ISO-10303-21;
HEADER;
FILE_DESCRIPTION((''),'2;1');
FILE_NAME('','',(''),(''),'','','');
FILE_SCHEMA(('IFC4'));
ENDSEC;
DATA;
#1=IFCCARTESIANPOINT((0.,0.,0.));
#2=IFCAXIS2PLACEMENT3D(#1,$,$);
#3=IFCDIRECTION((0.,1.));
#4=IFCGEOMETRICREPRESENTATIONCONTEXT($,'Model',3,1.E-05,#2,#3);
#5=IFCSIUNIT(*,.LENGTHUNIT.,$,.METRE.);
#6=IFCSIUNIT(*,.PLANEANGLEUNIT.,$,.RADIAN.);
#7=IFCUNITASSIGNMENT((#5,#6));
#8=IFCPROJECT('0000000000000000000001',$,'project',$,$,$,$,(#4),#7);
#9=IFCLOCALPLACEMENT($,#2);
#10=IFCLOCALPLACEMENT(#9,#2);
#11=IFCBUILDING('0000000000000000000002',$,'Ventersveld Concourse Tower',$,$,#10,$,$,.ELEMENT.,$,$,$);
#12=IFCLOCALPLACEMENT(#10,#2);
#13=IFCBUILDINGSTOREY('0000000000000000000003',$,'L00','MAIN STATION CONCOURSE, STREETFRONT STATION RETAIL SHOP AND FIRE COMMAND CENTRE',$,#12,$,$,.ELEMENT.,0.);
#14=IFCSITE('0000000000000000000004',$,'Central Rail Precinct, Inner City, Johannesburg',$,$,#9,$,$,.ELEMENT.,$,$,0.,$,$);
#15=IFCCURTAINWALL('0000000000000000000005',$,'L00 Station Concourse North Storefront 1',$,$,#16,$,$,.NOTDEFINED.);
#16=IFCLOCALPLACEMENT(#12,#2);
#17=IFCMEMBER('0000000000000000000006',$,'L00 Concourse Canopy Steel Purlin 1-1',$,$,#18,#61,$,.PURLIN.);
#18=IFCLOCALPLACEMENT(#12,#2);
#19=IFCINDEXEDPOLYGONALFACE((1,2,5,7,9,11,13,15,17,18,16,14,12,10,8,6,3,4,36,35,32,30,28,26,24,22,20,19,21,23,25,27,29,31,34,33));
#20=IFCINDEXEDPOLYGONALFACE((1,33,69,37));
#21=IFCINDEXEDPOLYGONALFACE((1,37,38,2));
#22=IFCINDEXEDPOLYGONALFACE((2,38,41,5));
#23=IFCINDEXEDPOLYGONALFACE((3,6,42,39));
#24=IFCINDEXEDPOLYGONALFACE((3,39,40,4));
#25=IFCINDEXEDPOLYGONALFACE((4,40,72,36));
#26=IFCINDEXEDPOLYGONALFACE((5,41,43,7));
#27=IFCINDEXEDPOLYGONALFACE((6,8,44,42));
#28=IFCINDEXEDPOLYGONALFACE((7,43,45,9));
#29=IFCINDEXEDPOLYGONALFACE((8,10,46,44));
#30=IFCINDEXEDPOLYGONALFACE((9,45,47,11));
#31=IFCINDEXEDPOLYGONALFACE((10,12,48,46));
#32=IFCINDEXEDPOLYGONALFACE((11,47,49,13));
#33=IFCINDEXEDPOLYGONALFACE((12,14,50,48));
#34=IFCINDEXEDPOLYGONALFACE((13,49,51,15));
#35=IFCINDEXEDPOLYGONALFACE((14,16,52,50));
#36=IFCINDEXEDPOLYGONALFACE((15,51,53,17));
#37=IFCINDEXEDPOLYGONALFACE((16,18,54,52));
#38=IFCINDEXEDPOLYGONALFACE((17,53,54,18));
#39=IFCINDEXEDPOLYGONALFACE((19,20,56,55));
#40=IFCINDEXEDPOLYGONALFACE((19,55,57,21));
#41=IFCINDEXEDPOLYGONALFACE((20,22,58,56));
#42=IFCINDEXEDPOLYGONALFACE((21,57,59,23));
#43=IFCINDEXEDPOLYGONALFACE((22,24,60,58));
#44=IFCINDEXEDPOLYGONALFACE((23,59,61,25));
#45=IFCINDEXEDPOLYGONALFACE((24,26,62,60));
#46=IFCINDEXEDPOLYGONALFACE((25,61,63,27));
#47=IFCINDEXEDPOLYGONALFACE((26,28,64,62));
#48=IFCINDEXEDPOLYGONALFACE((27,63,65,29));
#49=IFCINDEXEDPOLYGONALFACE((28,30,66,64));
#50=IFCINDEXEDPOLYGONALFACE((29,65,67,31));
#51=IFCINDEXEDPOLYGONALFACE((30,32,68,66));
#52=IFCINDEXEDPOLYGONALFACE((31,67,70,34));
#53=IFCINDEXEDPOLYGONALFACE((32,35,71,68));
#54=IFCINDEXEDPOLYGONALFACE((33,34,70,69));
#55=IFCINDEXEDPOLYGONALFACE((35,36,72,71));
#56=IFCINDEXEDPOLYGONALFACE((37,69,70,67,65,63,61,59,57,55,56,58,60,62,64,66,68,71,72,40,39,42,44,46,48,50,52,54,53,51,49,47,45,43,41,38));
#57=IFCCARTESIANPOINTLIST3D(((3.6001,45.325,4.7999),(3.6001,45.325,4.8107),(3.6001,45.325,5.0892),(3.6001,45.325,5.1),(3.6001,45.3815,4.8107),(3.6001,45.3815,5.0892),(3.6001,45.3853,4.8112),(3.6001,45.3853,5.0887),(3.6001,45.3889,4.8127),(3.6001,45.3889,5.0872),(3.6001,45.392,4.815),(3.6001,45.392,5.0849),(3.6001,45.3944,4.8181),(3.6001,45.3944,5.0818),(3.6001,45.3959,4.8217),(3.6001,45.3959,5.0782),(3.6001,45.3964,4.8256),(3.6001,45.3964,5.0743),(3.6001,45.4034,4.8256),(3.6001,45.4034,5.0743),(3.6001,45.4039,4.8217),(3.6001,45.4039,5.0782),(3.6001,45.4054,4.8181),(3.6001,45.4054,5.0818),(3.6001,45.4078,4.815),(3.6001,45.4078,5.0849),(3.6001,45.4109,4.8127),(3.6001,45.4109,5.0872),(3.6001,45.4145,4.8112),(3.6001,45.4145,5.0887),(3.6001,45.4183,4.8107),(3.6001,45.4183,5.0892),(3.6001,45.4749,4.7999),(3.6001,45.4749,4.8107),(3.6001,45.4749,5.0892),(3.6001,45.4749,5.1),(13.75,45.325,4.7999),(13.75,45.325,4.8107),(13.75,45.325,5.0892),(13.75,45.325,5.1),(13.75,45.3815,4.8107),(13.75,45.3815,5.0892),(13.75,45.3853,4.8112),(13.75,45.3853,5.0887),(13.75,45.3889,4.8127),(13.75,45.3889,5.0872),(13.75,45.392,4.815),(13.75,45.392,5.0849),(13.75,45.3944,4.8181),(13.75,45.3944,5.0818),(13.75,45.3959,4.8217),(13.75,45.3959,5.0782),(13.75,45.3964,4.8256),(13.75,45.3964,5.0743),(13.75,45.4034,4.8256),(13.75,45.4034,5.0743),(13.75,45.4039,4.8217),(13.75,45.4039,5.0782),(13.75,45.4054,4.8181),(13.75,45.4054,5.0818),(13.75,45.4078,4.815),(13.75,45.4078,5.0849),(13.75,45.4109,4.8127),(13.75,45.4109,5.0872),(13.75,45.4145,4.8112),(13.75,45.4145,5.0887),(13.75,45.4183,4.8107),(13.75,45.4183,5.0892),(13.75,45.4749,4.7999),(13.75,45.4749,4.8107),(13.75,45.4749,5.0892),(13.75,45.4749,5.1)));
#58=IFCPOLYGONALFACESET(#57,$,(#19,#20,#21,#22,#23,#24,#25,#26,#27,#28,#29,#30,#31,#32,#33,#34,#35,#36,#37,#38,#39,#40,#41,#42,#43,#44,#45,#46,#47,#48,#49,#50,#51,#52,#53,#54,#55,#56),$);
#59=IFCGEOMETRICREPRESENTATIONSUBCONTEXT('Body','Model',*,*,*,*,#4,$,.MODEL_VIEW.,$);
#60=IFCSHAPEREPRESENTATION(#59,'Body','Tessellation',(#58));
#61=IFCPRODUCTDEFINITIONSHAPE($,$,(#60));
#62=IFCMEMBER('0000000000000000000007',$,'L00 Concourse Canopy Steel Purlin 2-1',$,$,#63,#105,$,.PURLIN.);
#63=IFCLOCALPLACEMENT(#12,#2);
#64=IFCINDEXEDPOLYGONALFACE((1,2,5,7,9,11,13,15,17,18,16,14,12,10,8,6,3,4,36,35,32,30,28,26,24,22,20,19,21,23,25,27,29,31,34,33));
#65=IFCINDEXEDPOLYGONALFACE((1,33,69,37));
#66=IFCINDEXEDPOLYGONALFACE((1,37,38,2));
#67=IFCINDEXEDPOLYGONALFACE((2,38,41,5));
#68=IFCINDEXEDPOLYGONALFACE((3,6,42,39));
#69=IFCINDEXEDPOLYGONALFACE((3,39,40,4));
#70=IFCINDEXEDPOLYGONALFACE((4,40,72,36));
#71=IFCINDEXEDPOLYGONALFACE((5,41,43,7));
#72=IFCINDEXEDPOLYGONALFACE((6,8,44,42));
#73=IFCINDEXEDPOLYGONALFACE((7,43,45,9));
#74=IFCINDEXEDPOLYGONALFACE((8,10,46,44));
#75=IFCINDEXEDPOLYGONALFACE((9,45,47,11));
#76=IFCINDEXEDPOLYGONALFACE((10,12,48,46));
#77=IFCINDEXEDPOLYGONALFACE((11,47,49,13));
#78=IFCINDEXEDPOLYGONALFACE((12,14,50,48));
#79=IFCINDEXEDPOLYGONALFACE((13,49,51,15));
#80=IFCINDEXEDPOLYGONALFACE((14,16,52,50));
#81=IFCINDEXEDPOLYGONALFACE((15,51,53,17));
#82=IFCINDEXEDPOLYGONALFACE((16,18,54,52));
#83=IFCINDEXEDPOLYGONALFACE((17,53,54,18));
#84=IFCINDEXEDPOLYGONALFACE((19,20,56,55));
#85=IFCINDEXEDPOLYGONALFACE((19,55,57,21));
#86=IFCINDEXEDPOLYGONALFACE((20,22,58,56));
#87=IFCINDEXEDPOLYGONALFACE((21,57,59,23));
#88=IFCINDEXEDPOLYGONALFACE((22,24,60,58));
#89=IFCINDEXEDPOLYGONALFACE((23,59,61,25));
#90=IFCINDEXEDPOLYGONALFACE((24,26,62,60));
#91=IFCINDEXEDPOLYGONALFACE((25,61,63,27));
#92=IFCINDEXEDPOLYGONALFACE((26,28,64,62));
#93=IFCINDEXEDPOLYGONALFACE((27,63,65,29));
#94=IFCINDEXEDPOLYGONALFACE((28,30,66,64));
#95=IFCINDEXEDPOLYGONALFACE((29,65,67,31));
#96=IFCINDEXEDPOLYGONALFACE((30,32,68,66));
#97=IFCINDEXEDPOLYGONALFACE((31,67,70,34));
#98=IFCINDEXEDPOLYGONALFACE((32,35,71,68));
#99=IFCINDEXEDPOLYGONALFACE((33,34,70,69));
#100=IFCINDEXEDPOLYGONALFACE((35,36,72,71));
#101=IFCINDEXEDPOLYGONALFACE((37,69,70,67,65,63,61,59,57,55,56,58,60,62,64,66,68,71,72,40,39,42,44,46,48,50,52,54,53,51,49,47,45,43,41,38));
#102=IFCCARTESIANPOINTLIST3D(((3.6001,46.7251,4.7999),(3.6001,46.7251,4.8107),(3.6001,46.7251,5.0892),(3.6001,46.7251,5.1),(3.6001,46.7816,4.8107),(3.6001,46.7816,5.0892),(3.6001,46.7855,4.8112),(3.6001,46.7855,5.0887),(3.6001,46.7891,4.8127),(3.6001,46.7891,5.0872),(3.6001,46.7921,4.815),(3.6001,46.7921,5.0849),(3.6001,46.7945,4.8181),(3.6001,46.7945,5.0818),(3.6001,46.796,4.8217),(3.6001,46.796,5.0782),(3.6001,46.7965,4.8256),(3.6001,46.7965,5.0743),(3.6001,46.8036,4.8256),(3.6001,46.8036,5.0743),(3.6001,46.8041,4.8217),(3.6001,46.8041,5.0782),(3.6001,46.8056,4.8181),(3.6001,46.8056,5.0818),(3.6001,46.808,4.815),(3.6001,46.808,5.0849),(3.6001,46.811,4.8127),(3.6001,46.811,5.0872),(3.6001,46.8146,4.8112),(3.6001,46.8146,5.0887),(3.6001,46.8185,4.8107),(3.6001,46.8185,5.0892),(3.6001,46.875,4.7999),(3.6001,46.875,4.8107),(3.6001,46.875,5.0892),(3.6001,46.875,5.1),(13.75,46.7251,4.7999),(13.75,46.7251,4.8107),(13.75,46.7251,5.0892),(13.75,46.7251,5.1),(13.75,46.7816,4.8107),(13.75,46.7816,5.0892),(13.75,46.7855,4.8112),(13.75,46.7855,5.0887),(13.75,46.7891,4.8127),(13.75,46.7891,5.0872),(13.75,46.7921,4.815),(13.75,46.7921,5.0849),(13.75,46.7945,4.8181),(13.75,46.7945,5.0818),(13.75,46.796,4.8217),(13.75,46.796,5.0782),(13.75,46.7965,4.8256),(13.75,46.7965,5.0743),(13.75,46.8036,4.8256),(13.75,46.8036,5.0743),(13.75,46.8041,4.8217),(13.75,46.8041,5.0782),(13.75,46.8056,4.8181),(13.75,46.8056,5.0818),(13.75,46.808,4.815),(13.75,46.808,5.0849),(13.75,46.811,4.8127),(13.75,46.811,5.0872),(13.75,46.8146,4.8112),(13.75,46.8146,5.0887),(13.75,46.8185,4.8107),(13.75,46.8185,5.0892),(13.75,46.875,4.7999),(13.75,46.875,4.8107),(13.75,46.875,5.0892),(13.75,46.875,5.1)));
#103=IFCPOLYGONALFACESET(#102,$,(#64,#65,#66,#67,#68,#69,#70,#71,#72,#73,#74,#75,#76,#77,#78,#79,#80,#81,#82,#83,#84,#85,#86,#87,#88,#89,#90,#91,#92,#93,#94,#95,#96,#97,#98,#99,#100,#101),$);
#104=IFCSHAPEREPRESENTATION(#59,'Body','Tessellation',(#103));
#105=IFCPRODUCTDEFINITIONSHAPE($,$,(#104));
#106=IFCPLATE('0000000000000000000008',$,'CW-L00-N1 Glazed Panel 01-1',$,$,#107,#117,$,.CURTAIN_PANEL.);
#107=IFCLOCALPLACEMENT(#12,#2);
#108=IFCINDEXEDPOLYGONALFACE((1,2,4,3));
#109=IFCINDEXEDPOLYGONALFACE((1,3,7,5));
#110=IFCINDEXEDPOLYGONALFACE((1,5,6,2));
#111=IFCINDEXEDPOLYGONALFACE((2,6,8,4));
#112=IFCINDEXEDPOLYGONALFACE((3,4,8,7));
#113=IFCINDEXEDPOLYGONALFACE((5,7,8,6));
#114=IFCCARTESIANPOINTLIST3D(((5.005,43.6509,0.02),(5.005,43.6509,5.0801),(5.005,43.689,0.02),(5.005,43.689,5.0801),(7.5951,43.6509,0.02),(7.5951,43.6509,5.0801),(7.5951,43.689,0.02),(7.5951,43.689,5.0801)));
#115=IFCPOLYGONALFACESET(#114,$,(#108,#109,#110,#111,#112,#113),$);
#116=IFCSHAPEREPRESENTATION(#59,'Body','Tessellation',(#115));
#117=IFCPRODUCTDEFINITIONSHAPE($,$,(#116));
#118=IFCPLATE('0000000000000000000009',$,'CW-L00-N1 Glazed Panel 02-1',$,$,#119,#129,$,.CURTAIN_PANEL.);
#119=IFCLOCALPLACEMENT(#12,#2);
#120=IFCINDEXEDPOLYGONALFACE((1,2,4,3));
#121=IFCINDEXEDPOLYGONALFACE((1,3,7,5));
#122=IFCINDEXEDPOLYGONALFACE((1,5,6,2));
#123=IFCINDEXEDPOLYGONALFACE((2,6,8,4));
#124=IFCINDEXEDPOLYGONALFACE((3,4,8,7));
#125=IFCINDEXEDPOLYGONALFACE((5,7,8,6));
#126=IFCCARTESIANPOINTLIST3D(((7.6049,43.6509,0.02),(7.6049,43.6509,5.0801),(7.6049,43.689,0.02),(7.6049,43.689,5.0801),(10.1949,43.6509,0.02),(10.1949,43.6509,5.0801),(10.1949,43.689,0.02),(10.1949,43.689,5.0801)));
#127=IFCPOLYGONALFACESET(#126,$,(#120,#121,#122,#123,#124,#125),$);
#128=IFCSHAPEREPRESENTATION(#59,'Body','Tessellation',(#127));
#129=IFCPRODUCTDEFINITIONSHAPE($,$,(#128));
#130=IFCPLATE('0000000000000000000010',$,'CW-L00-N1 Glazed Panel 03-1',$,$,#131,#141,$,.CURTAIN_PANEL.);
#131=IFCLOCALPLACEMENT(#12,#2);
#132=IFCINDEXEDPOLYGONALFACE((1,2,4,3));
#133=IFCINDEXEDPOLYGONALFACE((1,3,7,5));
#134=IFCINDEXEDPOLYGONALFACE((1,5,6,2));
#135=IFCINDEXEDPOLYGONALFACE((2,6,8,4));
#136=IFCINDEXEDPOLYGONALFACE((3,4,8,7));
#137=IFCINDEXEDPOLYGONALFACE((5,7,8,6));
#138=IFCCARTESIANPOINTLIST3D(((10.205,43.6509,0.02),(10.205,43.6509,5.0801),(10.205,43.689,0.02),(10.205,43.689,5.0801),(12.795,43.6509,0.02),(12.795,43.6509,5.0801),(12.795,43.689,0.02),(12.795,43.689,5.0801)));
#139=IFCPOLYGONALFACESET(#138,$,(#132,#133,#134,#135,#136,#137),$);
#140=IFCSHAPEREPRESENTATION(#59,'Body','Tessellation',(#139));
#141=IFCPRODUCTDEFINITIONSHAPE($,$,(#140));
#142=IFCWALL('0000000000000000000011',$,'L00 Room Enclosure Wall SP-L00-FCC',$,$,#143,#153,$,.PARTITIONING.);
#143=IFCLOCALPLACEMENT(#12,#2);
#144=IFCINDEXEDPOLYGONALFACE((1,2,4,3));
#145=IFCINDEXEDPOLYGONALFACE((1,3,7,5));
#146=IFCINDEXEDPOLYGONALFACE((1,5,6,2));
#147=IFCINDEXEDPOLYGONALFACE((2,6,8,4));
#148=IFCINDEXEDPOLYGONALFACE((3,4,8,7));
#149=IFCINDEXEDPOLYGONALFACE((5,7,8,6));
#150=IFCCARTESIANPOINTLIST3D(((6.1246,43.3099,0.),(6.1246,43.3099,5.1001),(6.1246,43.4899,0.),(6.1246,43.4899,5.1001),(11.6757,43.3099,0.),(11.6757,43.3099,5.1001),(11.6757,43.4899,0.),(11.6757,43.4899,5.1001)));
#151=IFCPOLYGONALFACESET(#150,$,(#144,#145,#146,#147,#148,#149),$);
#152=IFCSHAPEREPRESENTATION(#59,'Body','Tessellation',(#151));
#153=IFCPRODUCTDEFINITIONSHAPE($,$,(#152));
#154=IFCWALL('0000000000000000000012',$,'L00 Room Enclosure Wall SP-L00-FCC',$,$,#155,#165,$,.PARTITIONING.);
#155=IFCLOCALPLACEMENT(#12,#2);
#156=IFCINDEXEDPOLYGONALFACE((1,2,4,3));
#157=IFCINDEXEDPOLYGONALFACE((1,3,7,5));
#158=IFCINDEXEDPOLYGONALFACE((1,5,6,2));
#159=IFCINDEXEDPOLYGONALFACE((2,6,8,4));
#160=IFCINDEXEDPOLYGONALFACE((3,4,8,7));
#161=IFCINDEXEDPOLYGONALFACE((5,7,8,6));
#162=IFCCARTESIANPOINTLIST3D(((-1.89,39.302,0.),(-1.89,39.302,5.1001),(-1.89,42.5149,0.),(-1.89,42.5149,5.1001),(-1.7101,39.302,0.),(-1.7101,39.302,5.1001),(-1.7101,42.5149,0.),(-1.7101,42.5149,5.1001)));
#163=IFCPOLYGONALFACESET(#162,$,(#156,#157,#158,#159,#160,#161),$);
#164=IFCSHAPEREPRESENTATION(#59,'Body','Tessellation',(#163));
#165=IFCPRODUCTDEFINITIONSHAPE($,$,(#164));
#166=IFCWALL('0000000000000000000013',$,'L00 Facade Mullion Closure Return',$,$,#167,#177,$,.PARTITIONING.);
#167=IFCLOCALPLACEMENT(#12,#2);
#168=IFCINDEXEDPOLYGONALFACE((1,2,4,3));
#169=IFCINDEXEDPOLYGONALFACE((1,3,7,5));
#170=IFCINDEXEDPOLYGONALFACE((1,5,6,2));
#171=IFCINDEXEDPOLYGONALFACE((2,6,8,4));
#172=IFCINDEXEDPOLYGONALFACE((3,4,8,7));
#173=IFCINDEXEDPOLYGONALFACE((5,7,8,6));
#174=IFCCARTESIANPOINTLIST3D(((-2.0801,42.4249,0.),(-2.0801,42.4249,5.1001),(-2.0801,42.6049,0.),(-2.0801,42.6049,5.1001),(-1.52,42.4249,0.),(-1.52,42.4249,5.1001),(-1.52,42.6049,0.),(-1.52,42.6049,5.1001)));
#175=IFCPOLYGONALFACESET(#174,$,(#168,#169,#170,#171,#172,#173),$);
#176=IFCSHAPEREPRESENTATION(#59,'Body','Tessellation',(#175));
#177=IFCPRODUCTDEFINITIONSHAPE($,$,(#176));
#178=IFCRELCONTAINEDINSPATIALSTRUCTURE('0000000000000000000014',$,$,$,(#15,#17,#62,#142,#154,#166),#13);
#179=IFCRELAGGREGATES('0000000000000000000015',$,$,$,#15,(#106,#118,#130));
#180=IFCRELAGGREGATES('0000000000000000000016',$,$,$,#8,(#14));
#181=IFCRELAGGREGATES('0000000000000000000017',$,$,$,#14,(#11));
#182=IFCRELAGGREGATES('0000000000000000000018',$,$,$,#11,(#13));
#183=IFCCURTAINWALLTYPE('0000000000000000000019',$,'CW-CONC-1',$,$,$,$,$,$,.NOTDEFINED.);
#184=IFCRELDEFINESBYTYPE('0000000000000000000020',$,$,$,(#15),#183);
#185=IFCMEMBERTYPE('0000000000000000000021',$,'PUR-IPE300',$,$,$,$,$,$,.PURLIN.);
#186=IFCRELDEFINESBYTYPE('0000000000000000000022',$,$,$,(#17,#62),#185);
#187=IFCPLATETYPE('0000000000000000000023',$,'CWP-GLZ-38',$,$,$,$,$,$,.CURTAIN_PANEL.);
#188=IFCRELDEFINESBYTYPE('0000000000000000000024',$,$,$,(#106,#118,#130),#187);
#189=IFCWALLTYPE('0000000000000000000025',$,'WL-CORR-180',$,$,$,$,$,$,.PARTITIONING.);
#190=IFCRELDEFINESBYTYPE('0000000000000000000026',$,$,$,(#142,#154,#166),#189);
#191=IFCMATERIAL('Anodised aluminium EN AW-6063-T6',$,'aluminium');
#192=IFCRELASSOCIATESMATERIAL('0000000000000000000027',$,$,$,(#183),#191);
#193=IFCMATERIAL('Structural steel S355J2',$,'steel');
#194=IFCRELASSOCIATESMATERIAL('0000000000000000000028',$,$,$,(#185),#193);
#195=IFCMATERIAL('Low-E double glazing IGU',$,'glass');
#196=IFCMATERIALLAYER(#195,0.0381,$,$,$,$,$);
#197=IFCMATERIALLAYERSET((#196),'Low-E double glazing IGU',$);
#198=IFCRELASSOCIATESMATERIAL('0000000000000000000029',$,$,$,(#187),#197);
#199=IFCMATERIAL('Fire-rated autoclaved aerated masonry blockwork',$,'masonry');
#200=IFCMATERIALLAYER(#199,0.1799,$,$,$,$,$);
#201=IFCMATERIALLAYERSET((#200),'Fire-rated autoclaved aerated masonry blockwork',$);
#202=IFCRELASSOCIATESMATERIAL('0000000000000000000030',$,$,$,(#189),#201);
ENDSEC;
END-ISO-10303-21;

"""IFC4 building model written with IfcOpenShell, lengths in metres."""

from ifc_helpers import new_model, si_unit, direction, frame, frame_2d, origin, origin_2d, place, context, subcontext, project, spatial, rectangle, i_section, extrude, material, layer, layer_set, material_profile, profile_set, type_object, element, aggregate, save


model = new_model("IFC4")

# Units and contexts
model_context = context("Model", 3, precision=1e-05, world=origin(), true_north=direction((0.0, 1.0)))
body_context = subcontext(model_context, "Body", "Model", "MODEL_VIEW")
ifc_project = project(units=[si_unit("LENGTHUNIT", "METRE"), si_unit("PLANEANGLEUNIT", "RADIAN")], contexts=[model_context])

# Site, building, storey
site_placement = place(None, origin())
site = spatial("IfcSite", under=ifc_project, at=site_placement, Name="Central Rail Precinct, Inner City, Johannesburg", CompositionType="ELEMENT", RefElevation=0.0)
building_placement = place(site_placement, origin())
building = spatial("IfcBuilding", under=site, at=building_placement, Name="Ventersveld Concourse Tower", CompositionType="ELEMENT")
storey_placement = place(building_placement, origin())
storey = spatial("IfcBuildingStorey", under=building, at=storey_placement, Name="L00", Description="MAIN STATION CONCOURSE, STREETFRONT STATION RETAIL SHOP AND FIRE COMMAND CENTRE", CompositionType="ELEMENT", Elevation=0.0)

# Curtain wall
ifc_material_1 = material(Name="Anodised aluminium EN AW-6063-T6", Category="aluminium")
curtain_wall_type = type_object("IfcCurtainWallType", Name="CW-CONC-1", PredefinedType="NOTDEFINED", material=ifc_material_1)
curtain_wall_placement = place(storey_placement, origin())
curtain_wall = element("IfcCurtainWall", 1, at=curtain_wall_placement, inside=storey, type_object=curtain_wall_type, Name="L00 Station Concourse North Storefront 1", PredefinedType="NOTDEFINED")

# Shared definitions
ifc_material_2 = material(Name="Structural steel S355J2", Category="steel")

# Members
ifc_material_profile_1 = material_profile(ifc_material_2, i_section(OverallWidth=0.1499, OverallDepth=0.3, WebThickness=0.0071, FlangeThickness=0.0107, FilletRadius=0.0149, at=origin_2d()), Name="IPE 300")
ifc_profile_set_1 = profile_set([ifc_material_profile_1], Name="Structural steel S355J2")
member_type_1 = type_object("IfcMemberType", Name="PUR-IPE300", PredefinedType="PURLIN", material=ifc_profile_set_1)
for number, where, z_axis, x_axis, name in (
    (2, (3.6001, 45.3999, 4.95), (1.0, 0.0, 0.0), (0.0, 1.0, 0.0), "L00 Concourse Canopy Steel Purlin 1-1"),
    (3, (3.6001, 46.8, 4.95), (1.0, 0.0, 0.0), (0.0, 1.0, 0.0), "L00 Concourse Canopy Steel Purlin 2-1"),
):
    element("IfcMember", number, at=place(storey_placement, frame(where, z_axis=z_axis, x_axis=x_axis)), inside=storey, type_object=member_type_1, Name=name, PredefinedType="PURLIN", context=body_context, shape_type="SweptSolid", body=[
        extrude(i_section(OverallWidth=0.1499, OverallDepth=0.3, WebThickness=0.0071, FlangeThickness=0.0107, FilletRadius=0.0149, at=origin_2d()), origin(), (0.0, 0.0, 1.0), 10.1499),
    ])

# Plates
ifc_material_3 = material(Name="Low-E double glazing IGU", Category="glass")
ifc_layer_1 = layer(ifc_material_3, 0.0381)
ifc_layer_set_1 = layer_set([ifc_layer_1], Name="Low-E double glazing IGU")
plate_type = type_object("IfcPlateType", Name="CWP-GLZ-38", PredefinedType="CURTAIN_PANEL", material=ifc_layer_set_1)
plate_1_placement = place(storey_placement, frame((6.3, 43.6699, 0.02), z_axis=(0.0, 0.0, 1.0), x_axis=(1.0, 0.0, 0.0)))
plate_1 = element("IfcPlate", 4, at=plate_1_placement, type_object=plate_type, Name="CW-L00-N1 Glazed Panel 01-1", PredefinedType="CURTAIN_PANEL", context=body_context, shape_type="SweptSolid", body=[
    extrude(rectangle(XDim=2.5901, YDim=0.0381, at=origin_2d()), origin(), (0.0, 0.0, 1.0), 5.0601),
])
plate_2_placement = place(storey_placement, frame((8.8999, 43.6699, 0.02), z_axis=(0.0, 0.0, 1.0), x_axis=(1.0, 0.0, 0.0)))
plate_2 = element("IfcPlate", 5, at=plate_2_placement, type_object=plate_type, Name="CW-L00-N1 Glazed Panel 02-1", PredefinedType="CURTAIN_PANEL", context=body_context, shape_type="SweptSolid", body=[
    extrude(rectangle(XDim=2.5901, YDim=0.0381, at=origin_2d()), origin(), (0.0, 0.0, 1.0), 5.0601),
])
plate_3_placement = place(storey_placement, frame((11.5, 43.6699, 0.02), z_axis=(0.0, 0.0, 1.0), x_axis=(1.0, 0.0, 0.0)))
plate_3 = element("IfcPlate", 6, at=plate_3_placement, type_object=plate_type, Name="CW-L00-N1 Glazed Panel 03-1", PredefinedType="CURTAIN_PANEL", context=body_context, shape_type="SweptSolid", body=[
    extrude(rectangle(XDim=2.5901, YDim=0.0381, at=origin_2d()), origin(), (0.0, 0.0, 1.0), 5.0601),
])
aggregate(curtain_wall, [plate_1, plate_2, plate_3])

# Walls
ifc_material_4 = material(Name="Fire-rated autoclaved aerated masonry blockwork", Category="masonry")
ifc_layer_2 = layer(ifc_material_4, 0.1799)
ifc_layer_set_2 = layer_set([ifc_layer_2], Name="Fire-rated autoclaved aerated masonry blockwork")
wall_type_1 = type_object("IfcWallType", Name="WL-CORR-180", PredefinedType="PARTITIONING", material=ifc_layer_set_2)
wall_1_placement = place(storey_placement, frame((11.6755, 43.3999, 0.0), z_axis=(0.0, 0.0, 1.0), x_axis=(-1.0, 0.0, 0.0)))
element("IfcWall", 7, at=wall_1_placement, inside=storey, type_object=wall_type_1, Name="L00 Room Enclosure Wall SP-L00-FCC", PredefinedType="PARTITIONING", context=body_context, shape_type="SweptSolid", body=[
    extrude(rectangle(XDim=5.551, YDim=0.1799, at=frame_2d((2.7754, 0.0))), origin(), (0.0, 0.0, 1.0), 5.1001),
])
wall_2_placement = place(storey_placement, frame((-1.8, 42.5149, 0.0), z_axis=(0.0, 0.0, 1.0), x_axis=(0.0, -1.0, 0.0)))
element("IfcWall", 8, at=wall_2_placement, inside=storey, type_object=wall_type_1, Name="L00 Room Enclosure Wall SP-L00-FCC", PredefinedType="PARTITIONING", context=body_context, shape_type="SweptSolid", body=[
    extrude(rectangle(XDim=3.2129, YDim=0.1799, at=frame_2d((1.6064, 0.0))), origin(), (0.0, 0.0, 1.0), 5.1001),
])
wall_3_placement = place(storey_placement, frame((-1.52, 42.5149, 0.0), z_axis=(0.0, 0.0, 1.0), x_axis=(-1.0, 0.0, 0.0)))
element("IfcWall", 9, at=wall_3_placement, inside=storey, type_object=wall_type_1, Name="L00 Facade Mullion Closure Return", PredefinedType="PARTITIONING", context=body_context, shape_type="SweptSolid", body=[
    extrude(rectangle(XDim=0.5601, YDim=0.1799, at=frame_2d((0.28, 0.0))), origin(), (0.0, 0.0, 1.0), 5.1001),
])

save(model, "model.ifc")
